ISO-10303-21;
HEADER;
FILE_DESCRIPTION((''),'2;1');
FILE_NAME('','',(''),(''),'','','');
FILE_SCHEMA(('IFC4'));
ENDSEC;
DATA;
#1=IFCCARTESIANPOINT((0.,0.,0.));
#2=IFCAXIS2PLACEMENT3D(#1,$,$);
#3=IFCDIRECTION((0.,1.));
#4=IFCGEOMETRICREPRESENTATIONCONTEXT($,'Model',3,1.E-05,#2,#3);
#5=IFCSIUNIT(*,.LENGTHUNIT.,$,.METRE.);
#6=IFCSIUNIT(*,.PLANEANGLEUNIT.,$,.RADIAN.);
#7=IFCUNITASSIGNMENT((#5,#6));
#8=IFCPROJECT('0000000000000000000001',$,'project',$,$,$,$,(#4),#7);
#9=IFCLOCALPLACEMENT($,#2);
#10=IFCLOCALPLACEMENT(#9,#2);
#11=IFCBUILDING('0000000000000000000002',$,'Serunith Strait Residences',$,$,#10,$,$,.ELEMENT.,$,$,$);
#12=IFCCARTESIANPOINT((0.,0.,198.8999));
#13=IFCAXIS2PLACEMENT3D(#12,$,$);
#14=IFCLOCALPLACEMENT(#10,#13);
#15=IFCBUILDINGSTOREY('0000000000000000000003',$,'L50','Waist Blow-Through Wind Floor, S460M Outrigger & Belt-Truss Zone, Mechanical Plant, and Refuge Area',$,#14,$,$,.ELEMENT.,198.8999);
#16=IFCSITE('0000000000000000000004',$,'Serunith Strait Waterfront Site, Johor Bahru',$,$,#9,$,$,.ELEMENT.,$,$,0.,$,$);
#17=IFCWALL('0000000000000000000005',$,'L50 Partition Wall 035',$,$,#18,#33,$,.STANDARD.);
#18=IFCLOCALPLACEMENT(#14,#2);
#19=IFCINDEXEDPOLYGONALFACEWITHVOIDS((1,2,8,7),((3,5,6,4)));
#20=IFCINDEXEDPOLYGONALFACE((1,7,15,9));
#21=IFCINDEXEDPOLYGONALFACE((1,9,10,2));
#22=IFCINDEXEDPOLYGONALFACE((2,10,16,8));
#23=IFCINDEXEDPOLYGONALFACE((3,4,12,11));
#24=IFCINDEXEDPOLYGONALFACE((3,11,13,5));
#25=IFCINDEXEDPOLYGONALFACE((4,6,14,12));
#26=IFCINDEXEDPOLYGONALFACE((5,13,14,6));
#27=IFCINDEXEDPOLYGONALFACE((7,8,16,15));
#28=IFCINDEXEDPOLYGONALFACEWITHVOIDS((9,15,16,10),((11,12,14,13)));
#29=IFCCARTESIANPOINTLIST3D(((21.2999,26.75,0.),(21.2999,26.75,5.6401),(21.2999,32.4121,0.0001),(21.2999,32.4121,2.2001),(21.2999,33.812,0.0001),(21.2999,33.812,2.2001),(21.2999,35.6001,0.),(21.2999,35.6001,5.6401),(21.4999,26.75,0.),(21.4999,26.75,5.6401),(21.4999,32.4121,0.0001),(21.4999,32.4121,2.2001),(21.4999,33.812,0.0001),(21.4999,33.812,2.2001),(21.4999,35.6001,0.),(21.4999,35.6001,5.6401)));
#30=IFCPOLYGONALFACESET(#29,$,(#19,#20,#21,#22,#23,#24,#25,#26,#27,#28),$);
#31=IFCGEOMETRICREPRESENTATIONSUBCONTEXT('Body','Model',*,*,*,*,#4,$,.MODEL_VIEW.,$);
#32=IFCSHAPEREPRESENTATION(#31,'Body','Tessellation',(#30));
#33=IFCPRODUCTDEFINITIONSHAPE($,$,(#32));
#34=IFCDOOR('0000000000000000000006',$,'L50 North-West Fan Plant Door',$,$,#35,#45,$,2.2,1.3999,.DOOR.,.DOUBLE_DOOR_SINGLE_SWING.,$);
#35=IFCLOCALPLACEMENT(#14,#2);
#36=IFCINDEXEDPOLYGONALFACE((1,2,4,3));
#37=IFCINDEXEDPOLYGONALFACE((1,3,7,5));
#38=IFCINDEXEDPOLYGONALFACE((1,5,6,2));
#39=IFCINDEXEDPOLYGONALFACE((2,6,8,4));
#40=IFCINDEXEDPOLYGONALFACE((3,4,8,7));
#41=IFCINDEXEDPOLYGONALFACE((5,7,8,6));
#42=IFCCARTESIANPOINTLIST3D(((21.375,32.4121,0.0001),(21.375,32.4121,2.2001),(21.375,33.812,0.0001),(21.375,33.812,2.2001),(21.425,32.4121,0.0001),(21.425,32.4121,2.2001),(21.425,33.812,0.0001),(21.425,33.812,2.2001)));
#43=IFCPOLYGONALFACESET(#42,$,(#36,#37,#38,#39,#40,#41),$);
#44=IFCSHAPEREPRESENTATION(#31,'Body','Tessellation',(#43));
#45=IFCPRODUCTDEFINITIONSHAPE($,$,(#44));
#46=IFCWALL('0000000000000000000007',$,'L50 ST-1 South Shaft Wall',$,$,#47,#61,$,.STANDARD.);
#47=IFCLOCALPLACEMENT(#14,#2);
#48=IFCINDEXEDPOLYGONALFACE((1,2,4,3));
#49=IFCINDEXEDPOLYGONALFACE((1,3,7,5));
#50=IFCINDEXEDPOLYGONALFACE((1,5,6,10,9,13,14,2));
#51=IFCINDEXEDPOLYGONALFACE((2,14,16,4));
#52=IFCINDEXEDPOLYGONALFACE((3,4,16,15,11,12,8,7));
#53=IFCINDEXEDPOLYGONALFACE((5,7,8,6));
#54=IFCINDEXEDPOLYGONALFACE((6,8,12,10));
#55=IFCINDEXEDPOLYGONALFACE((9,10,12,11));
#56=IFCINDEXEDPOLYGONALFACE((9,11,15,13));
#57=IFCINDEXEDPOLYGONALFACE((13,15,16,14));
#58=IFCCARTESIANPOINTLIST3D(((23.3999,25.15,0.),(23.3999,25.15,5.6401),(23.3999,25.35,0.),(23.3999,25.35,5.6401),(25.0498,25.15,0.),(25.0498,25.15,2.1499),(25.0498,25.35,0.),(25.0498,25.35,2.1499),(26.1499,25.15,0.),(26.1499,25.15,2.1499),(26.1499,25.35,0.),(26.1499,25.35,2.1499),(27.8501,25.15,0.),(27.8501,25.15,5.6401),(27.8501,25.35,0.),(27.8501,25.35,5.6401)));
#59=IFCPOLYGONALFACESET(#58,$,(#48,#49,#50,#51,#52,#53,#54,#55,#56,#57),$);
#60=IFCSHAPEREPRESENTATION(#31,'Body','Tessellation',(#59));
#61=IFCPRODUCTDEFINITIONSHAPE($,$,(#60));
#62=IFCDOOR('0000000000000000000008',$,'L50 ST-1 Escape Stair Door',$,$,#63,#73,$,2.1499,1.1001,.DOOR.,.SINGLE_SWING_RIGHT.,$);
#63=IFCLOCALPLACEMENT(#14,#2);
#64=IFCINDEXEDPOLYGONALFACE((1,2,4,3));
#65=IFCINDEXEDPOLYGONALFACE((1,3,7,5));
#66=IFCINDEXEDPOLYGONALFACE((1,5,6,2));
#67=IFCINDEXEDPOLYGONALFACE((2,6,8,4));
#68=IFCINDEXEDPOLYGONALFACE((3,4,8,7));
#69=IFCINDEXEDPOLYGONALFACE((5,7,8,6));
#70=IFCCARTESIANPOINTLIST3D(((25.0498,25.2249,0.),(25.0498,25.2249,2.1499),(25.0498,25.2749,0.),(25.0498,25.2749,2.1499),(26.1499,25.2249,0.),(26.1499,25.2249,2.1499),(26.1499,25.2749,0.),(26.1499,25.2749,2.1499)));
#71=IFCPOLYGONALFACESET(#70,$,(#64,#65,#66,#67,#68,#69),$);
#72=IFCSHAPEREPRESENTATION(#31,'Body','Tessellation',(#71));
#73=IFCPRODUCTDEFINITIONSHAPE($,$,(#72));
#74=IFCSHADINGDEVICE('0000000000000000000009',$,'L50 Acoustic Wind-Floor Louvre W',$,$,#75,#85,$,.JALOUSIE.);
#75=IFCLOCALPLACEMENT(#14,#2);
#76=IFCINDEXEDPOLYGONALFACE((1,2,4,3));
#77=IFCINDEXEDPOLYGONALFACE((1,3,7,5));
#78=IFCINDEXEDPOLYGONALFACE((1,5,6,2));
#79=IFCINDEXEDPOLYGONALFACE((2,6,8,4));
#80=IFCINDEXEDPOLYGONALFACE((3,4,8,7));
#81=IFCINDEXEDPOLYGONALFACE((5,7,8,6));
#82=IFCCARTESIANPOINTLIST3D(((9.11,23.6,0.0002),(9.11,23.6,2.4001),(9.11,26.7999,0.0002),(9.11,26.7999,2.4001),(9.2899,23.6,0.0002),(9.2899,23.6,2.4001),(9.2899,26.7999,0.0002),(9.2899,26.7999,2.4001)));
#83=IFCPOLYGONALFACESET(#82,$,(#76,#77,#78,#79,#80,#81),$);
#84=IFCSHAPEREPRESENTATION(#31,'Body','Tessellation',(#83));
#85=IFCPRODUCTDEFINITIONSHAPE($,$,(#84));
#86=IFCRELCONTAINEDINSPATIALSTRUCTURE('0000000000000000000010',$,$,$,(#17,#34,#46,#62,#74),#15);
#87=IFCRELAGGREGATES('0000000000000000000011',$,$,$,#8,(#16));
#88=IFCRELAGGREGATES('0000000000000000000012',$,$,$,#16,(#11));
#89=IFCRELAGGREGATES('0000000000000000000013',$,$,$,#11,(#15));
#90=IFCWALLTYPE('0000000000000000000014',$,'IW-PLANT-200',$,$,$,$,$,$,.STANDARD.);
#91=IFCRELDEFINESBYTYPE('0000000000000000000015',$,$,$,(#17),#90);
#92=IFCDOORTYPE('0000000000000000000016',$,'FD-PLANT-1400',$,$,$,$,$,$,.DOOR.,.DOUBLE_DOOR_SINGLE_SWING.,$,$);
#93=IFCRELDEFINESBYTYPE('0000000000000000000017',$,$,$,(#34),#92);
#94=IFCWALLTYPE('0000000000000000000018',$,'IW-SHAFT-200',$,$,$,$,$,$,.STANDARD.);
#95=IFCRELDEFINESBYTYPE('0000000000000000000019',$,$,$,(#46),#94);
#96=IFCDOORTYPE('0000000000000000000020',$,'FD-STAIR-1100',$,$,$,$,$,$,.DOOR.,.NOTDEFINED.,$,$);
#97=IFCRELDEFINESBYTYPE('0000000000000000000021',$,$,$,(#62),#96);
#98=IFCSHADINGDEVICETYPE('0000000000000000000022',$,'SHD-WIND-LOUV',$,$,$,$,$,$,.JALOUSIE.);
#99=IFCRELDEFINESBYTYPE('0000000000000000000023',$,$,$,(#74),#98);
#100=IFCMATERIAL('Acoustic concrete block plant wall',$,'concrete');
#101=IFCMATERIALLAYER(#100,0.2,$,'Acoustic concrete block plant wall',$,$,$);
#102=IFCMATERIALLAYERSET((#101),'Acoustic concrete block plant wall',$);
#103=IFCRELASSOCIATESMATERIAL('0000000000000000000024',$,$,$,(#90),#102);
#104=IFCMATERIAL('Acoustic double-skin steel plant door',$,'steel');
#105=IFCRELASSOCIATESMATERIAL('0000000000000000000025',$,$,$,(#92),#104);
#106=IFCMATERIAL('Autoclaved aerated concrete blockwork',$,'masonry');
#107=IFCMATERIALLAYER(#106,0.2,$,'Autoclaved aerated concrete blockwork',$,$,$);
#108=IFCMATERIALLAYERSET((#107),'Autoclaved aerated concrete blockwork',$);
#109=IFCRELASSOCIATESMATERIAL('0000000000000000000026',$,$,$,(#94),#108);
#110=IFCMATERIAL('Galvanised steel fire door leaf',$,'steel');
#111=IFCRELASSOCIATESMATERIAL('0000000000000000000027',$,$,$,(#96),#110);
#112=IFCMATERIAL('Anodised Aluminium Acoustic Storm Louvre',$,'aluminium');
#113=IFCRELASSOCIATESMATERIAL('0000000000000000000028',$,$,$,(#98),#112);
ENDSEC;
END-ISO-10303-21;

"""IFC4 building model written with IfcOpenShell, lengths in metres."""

from ifc_helpers import new_model, si_unit, direction, frame, frame_2d, origin, origin_2d, place, context, subcontext, project, spatial, rectangle, extrude, source, transform, mapped, material, layer, layer_set, type_object, element, fill, save


model = new_model("IFC4")

# Units and contexts
model_context = context("Model", 3, precision=1e-05, world=origin(), true_north=direction((0.0, 1.0)))
body_context = subcontext(model_context, "Body", "Model", "MODEL_VIEW")
ifc_project = project(units=[si_unit("LENGTHUNIT", "METRE"), si_unit("PLANEANGLEUNIT", "RADIAN")], contexts=[model_context])

# Site, building, storey
site_placement = place(None, origin())
site = spatial("IfcSite", under=ifc_project, at=site_placement, Name="Serunith Strait Waterfront Site, Johor Bahru", CompositionType="ELEMENT", RefElevation=0.0)
building_placement = place(site_placement, origin())
building = spatial("IfcBuilding", under=site, at=building_placement, Name="Serunith Strait Residences", CompositionType="ELEMENT")
storey_placement = place(building_placement, frame((0.0, 0.0, 198.8999)))
storey = spatial("IfcBuildingStorey", under=building, at=storey_placement, Name="L50", Description="Waist Blow-Through Wind Floor, S460M Outrigger & Belt-Truss Zone, Mechanical Plant, and Refuge Area", CompositionType="ELEMENT", Elevation=198.8999)

# Shared definitions
ifc_material_1 = material(Name="Acoustic concrete block plant wall", Category="concrete")
ifc_layer_1 = layer(ifc_material_1, 0.2, Name="Acoustic concrete block plant wall")
ifc_layer_set_1 = layer_set([ifc_layer_1], Name="Acoustic concrete block plant wall")
wall_type_1 = type_object("IfcWallType", Name="IW-PLANT-200", PredefinedType="STANDARD", material=ifc_layer_set_1)

# Walls, openings, doors
wall_1_placement = place(storey_placement, frame((21.3999, 26.75, 0.0), z_axis=(0.0, 0.0, 1.0), x_axis=(0.0, 1.0, 0.0)))
wall_1 = element("IfcWall", 1, at=wall_1_placement, inside=storey, type_object=wall_type_1, Name="L50 Partition Wall 035", PredefinedType="STANDARD", context=body_context, shape_type="SweptSolid", body=[
    extrude(rectangle(XDim=8.8501, YDim=0.2, at=frame_2d((4.425, 0.0))), origin(), (0.0, 0.0, 1.0), 5.6401),
])
opening_1_placement = place(wall_1_placement, frame((5.6621, 0.0, 0.0)))
opening_1 = element("IfcOpeningElement", 2, at=opening_1_placement, cuts=wall_1, PredefinedType="OPENING", context=body_context, shape_type="SweptSolid", body=[
    extrude(rectangle(XDim=1.3999, YDim=2.2, at=frame_2d((0.7, 1.1001))), frame((0.0, 0.1099, 0.0), z_axis=(0.0, -1.0, 0.0), x_axis=(1.0, 0.0, 0.0)), (0.0, 0.0, 1.0), 0.22),
])
ifc_material_2 = material(Name="Acoustic double-skin steel plant door", Category="steel")
door_type_1 = type_object("IfcDoorType", Name="FD-PLANT-1400", OperationType="DOUBLE_DOOR_SINGLE_SWING", PredefinedType="DOOR", material=ifc_material_2)
shared_shape_1 = source(origin(), body_context, "Body", "SweptSolid", [
    extrude(rectangle(XDim=1.3999, YDim=2.2, at=frame_2d((0.7, 1.1001))), frame((0.0, 0.0249, 0.0), z_axis=(0.0, -1.0, 0.0), x_axis=(1.0, 0.0, 0.0)), (0.0, 0.0, 1.0), 0.05),
])
door_1_placement = place(opening_1_placement, origin())
door_1 = element("IfcDoor", 3, at=door_1_placement, inside=storey, type_object=door_type_1, Name="L50 North-West Fan Plant Door", OperationType="DOUBLE_DOOR_SINGLE_SWING", OverallHeight=2.2, OverallWidth=1.3999, PredefinedType="DOOR", context=body_context, shape_type="MappedRepresentation", body=[
    mapped(shared_shape_1, transform((0.0, 0.0, 0.0), scale=1.0)),
])
fill(opening_1, door_1)
ifc_material_3 = material(Name="Autoclaved aerated concrete blockwork", Category="masonry")
ifc_layer_2 = layer(ifc_material_3, 0.2, Name="Autoclaved aerated concrete blockwork")
ifc_layer_set_2 = layer_set([ifc_layer_2], Name="Autoclaved aerated concrete blockwork")
wall_type_2 = type_object("IfcWallType", Name="IW-SHAFT-200", PredefinedType="STANDARD", material=ifc_layer_set_2)
wall_2_placement = place(storey_placement, frame((23.3999, 25.25, 0.0), z_axis=(0.0, 0.0, 1.0), x_axis=(1.0, 0.0, 0.0)))
wall_2 = element("IfcWall", 4, at=wall_2_placement, inside=storey, type_object=wall_type_2, Name="L50 ST-1 South Shaft Wall", PredefinedType="STANDARD", context=body_context, shape_type="SweptSolid", body=[
    extrude(rectangle(XDim=4.4502, YDim=0.2, at=frame_2d((2.2251, 0.0))), origin(), (0.0, 0.0, 1.0), 5.6401),
])
opening_2_placement = place(wall_2_placement, frame((1.6499, 0.0, 0.0)))
opening_2 = element("IfcOpeningElement", 5, at=opening_2_placement, cuts=wall_2, PredefinedType="OPENING", context=body_context, shape_type="SweptSolid", body=[
    extrude(rectangle(XDim=1.1001, YDim=2.1499, at=frame_2d((0.55, 1.075))), frame((0.0, 0.1099, 0.0), z_axis=(0.0, -1.0, 0.0), x_axis=(1.0, 0.0, 0.0)), (0.0, 0.0, 1.0), 0.22),
])
ifc_material_4 = material(Name="Galvanised steel fire door leaf", Category="steel")
door_type_2 = type_object("IfcDoorType", Name="FD-STAIR-1100", OperationType="NOTDEFINED", PredefinedType="DOOR", material=ifc_material_4)
shared_shape_2 = source(origin(), body_context, "Body", "SweptSolid", [
    extrude(rectangle(XDim=1.1001, YDim=2.1499, at=frame_2d((0.55, 1.075))), frame((0.0, 0.0249, 0.0), z_axis=(0.0, -1.0, 0.0), x_axis=(1.0, 0.0, 0.0)), (0.0, 0.0, 1.0), 0.05),
])
door_2_placement = place(opening_2_placement, origin())
door_2 = element("IfcDoor", 6, at=door_2_placement, inside=storey, type_object=door_type_2, Name="L50 ST-1 Escape Stair Door", OperationType="SINGLE_SWING_RIGHT", OverallHeight=2.1499, OverallWidth=1.1001, PredefinedType="DOOR", context=body_context, shape_type="MappedRepresentation", body=[
    mapped(shared_shape_2, transform((0.0, 0.0, 0.0), scale=1.0)),
])
fill(opening_2, door_2)

# Shading device
ifc_material_5 = material(Name="Anodised Aluminium Acoustic Storm Louvre", Category="aluminium")
shading_device_type = type_object("IfcShadingDeviceType", Name="SHD-WIND-LOUV", PredefinedType="JALOUSIE", material=ifc_material_5)
shared_shape_3 = source(origin(), body_context, "Body", "SweptSolid", [
    extrude(rectangle(XDim=3.2, YDim=0.1799, at=origin_2d()), origin(), (0.0, 0.0, 1.0), 2.3999),
])
shading_device_placement = place(storey_placement, frame((9.2, 25.2, 0.0002), z_axis=(0.0, 0.0, 1.0), x_axis=(0.0, 1.0, 0.0)))
element("IfcShadingDevice", 7, at=shading_device_placement, inside=storey, type_object=shading_device_type, Name="L50 Acoustic Wind-Floor Louvre W", PredefinedType="JALOUSIE", context=body_context, shape_type="MappedRepresentation", body=[
    mapped(shared_shape_3, transform((0.0, 0.0, 0.0), scale=1.0)),
])

save(model, "model.ifc")
